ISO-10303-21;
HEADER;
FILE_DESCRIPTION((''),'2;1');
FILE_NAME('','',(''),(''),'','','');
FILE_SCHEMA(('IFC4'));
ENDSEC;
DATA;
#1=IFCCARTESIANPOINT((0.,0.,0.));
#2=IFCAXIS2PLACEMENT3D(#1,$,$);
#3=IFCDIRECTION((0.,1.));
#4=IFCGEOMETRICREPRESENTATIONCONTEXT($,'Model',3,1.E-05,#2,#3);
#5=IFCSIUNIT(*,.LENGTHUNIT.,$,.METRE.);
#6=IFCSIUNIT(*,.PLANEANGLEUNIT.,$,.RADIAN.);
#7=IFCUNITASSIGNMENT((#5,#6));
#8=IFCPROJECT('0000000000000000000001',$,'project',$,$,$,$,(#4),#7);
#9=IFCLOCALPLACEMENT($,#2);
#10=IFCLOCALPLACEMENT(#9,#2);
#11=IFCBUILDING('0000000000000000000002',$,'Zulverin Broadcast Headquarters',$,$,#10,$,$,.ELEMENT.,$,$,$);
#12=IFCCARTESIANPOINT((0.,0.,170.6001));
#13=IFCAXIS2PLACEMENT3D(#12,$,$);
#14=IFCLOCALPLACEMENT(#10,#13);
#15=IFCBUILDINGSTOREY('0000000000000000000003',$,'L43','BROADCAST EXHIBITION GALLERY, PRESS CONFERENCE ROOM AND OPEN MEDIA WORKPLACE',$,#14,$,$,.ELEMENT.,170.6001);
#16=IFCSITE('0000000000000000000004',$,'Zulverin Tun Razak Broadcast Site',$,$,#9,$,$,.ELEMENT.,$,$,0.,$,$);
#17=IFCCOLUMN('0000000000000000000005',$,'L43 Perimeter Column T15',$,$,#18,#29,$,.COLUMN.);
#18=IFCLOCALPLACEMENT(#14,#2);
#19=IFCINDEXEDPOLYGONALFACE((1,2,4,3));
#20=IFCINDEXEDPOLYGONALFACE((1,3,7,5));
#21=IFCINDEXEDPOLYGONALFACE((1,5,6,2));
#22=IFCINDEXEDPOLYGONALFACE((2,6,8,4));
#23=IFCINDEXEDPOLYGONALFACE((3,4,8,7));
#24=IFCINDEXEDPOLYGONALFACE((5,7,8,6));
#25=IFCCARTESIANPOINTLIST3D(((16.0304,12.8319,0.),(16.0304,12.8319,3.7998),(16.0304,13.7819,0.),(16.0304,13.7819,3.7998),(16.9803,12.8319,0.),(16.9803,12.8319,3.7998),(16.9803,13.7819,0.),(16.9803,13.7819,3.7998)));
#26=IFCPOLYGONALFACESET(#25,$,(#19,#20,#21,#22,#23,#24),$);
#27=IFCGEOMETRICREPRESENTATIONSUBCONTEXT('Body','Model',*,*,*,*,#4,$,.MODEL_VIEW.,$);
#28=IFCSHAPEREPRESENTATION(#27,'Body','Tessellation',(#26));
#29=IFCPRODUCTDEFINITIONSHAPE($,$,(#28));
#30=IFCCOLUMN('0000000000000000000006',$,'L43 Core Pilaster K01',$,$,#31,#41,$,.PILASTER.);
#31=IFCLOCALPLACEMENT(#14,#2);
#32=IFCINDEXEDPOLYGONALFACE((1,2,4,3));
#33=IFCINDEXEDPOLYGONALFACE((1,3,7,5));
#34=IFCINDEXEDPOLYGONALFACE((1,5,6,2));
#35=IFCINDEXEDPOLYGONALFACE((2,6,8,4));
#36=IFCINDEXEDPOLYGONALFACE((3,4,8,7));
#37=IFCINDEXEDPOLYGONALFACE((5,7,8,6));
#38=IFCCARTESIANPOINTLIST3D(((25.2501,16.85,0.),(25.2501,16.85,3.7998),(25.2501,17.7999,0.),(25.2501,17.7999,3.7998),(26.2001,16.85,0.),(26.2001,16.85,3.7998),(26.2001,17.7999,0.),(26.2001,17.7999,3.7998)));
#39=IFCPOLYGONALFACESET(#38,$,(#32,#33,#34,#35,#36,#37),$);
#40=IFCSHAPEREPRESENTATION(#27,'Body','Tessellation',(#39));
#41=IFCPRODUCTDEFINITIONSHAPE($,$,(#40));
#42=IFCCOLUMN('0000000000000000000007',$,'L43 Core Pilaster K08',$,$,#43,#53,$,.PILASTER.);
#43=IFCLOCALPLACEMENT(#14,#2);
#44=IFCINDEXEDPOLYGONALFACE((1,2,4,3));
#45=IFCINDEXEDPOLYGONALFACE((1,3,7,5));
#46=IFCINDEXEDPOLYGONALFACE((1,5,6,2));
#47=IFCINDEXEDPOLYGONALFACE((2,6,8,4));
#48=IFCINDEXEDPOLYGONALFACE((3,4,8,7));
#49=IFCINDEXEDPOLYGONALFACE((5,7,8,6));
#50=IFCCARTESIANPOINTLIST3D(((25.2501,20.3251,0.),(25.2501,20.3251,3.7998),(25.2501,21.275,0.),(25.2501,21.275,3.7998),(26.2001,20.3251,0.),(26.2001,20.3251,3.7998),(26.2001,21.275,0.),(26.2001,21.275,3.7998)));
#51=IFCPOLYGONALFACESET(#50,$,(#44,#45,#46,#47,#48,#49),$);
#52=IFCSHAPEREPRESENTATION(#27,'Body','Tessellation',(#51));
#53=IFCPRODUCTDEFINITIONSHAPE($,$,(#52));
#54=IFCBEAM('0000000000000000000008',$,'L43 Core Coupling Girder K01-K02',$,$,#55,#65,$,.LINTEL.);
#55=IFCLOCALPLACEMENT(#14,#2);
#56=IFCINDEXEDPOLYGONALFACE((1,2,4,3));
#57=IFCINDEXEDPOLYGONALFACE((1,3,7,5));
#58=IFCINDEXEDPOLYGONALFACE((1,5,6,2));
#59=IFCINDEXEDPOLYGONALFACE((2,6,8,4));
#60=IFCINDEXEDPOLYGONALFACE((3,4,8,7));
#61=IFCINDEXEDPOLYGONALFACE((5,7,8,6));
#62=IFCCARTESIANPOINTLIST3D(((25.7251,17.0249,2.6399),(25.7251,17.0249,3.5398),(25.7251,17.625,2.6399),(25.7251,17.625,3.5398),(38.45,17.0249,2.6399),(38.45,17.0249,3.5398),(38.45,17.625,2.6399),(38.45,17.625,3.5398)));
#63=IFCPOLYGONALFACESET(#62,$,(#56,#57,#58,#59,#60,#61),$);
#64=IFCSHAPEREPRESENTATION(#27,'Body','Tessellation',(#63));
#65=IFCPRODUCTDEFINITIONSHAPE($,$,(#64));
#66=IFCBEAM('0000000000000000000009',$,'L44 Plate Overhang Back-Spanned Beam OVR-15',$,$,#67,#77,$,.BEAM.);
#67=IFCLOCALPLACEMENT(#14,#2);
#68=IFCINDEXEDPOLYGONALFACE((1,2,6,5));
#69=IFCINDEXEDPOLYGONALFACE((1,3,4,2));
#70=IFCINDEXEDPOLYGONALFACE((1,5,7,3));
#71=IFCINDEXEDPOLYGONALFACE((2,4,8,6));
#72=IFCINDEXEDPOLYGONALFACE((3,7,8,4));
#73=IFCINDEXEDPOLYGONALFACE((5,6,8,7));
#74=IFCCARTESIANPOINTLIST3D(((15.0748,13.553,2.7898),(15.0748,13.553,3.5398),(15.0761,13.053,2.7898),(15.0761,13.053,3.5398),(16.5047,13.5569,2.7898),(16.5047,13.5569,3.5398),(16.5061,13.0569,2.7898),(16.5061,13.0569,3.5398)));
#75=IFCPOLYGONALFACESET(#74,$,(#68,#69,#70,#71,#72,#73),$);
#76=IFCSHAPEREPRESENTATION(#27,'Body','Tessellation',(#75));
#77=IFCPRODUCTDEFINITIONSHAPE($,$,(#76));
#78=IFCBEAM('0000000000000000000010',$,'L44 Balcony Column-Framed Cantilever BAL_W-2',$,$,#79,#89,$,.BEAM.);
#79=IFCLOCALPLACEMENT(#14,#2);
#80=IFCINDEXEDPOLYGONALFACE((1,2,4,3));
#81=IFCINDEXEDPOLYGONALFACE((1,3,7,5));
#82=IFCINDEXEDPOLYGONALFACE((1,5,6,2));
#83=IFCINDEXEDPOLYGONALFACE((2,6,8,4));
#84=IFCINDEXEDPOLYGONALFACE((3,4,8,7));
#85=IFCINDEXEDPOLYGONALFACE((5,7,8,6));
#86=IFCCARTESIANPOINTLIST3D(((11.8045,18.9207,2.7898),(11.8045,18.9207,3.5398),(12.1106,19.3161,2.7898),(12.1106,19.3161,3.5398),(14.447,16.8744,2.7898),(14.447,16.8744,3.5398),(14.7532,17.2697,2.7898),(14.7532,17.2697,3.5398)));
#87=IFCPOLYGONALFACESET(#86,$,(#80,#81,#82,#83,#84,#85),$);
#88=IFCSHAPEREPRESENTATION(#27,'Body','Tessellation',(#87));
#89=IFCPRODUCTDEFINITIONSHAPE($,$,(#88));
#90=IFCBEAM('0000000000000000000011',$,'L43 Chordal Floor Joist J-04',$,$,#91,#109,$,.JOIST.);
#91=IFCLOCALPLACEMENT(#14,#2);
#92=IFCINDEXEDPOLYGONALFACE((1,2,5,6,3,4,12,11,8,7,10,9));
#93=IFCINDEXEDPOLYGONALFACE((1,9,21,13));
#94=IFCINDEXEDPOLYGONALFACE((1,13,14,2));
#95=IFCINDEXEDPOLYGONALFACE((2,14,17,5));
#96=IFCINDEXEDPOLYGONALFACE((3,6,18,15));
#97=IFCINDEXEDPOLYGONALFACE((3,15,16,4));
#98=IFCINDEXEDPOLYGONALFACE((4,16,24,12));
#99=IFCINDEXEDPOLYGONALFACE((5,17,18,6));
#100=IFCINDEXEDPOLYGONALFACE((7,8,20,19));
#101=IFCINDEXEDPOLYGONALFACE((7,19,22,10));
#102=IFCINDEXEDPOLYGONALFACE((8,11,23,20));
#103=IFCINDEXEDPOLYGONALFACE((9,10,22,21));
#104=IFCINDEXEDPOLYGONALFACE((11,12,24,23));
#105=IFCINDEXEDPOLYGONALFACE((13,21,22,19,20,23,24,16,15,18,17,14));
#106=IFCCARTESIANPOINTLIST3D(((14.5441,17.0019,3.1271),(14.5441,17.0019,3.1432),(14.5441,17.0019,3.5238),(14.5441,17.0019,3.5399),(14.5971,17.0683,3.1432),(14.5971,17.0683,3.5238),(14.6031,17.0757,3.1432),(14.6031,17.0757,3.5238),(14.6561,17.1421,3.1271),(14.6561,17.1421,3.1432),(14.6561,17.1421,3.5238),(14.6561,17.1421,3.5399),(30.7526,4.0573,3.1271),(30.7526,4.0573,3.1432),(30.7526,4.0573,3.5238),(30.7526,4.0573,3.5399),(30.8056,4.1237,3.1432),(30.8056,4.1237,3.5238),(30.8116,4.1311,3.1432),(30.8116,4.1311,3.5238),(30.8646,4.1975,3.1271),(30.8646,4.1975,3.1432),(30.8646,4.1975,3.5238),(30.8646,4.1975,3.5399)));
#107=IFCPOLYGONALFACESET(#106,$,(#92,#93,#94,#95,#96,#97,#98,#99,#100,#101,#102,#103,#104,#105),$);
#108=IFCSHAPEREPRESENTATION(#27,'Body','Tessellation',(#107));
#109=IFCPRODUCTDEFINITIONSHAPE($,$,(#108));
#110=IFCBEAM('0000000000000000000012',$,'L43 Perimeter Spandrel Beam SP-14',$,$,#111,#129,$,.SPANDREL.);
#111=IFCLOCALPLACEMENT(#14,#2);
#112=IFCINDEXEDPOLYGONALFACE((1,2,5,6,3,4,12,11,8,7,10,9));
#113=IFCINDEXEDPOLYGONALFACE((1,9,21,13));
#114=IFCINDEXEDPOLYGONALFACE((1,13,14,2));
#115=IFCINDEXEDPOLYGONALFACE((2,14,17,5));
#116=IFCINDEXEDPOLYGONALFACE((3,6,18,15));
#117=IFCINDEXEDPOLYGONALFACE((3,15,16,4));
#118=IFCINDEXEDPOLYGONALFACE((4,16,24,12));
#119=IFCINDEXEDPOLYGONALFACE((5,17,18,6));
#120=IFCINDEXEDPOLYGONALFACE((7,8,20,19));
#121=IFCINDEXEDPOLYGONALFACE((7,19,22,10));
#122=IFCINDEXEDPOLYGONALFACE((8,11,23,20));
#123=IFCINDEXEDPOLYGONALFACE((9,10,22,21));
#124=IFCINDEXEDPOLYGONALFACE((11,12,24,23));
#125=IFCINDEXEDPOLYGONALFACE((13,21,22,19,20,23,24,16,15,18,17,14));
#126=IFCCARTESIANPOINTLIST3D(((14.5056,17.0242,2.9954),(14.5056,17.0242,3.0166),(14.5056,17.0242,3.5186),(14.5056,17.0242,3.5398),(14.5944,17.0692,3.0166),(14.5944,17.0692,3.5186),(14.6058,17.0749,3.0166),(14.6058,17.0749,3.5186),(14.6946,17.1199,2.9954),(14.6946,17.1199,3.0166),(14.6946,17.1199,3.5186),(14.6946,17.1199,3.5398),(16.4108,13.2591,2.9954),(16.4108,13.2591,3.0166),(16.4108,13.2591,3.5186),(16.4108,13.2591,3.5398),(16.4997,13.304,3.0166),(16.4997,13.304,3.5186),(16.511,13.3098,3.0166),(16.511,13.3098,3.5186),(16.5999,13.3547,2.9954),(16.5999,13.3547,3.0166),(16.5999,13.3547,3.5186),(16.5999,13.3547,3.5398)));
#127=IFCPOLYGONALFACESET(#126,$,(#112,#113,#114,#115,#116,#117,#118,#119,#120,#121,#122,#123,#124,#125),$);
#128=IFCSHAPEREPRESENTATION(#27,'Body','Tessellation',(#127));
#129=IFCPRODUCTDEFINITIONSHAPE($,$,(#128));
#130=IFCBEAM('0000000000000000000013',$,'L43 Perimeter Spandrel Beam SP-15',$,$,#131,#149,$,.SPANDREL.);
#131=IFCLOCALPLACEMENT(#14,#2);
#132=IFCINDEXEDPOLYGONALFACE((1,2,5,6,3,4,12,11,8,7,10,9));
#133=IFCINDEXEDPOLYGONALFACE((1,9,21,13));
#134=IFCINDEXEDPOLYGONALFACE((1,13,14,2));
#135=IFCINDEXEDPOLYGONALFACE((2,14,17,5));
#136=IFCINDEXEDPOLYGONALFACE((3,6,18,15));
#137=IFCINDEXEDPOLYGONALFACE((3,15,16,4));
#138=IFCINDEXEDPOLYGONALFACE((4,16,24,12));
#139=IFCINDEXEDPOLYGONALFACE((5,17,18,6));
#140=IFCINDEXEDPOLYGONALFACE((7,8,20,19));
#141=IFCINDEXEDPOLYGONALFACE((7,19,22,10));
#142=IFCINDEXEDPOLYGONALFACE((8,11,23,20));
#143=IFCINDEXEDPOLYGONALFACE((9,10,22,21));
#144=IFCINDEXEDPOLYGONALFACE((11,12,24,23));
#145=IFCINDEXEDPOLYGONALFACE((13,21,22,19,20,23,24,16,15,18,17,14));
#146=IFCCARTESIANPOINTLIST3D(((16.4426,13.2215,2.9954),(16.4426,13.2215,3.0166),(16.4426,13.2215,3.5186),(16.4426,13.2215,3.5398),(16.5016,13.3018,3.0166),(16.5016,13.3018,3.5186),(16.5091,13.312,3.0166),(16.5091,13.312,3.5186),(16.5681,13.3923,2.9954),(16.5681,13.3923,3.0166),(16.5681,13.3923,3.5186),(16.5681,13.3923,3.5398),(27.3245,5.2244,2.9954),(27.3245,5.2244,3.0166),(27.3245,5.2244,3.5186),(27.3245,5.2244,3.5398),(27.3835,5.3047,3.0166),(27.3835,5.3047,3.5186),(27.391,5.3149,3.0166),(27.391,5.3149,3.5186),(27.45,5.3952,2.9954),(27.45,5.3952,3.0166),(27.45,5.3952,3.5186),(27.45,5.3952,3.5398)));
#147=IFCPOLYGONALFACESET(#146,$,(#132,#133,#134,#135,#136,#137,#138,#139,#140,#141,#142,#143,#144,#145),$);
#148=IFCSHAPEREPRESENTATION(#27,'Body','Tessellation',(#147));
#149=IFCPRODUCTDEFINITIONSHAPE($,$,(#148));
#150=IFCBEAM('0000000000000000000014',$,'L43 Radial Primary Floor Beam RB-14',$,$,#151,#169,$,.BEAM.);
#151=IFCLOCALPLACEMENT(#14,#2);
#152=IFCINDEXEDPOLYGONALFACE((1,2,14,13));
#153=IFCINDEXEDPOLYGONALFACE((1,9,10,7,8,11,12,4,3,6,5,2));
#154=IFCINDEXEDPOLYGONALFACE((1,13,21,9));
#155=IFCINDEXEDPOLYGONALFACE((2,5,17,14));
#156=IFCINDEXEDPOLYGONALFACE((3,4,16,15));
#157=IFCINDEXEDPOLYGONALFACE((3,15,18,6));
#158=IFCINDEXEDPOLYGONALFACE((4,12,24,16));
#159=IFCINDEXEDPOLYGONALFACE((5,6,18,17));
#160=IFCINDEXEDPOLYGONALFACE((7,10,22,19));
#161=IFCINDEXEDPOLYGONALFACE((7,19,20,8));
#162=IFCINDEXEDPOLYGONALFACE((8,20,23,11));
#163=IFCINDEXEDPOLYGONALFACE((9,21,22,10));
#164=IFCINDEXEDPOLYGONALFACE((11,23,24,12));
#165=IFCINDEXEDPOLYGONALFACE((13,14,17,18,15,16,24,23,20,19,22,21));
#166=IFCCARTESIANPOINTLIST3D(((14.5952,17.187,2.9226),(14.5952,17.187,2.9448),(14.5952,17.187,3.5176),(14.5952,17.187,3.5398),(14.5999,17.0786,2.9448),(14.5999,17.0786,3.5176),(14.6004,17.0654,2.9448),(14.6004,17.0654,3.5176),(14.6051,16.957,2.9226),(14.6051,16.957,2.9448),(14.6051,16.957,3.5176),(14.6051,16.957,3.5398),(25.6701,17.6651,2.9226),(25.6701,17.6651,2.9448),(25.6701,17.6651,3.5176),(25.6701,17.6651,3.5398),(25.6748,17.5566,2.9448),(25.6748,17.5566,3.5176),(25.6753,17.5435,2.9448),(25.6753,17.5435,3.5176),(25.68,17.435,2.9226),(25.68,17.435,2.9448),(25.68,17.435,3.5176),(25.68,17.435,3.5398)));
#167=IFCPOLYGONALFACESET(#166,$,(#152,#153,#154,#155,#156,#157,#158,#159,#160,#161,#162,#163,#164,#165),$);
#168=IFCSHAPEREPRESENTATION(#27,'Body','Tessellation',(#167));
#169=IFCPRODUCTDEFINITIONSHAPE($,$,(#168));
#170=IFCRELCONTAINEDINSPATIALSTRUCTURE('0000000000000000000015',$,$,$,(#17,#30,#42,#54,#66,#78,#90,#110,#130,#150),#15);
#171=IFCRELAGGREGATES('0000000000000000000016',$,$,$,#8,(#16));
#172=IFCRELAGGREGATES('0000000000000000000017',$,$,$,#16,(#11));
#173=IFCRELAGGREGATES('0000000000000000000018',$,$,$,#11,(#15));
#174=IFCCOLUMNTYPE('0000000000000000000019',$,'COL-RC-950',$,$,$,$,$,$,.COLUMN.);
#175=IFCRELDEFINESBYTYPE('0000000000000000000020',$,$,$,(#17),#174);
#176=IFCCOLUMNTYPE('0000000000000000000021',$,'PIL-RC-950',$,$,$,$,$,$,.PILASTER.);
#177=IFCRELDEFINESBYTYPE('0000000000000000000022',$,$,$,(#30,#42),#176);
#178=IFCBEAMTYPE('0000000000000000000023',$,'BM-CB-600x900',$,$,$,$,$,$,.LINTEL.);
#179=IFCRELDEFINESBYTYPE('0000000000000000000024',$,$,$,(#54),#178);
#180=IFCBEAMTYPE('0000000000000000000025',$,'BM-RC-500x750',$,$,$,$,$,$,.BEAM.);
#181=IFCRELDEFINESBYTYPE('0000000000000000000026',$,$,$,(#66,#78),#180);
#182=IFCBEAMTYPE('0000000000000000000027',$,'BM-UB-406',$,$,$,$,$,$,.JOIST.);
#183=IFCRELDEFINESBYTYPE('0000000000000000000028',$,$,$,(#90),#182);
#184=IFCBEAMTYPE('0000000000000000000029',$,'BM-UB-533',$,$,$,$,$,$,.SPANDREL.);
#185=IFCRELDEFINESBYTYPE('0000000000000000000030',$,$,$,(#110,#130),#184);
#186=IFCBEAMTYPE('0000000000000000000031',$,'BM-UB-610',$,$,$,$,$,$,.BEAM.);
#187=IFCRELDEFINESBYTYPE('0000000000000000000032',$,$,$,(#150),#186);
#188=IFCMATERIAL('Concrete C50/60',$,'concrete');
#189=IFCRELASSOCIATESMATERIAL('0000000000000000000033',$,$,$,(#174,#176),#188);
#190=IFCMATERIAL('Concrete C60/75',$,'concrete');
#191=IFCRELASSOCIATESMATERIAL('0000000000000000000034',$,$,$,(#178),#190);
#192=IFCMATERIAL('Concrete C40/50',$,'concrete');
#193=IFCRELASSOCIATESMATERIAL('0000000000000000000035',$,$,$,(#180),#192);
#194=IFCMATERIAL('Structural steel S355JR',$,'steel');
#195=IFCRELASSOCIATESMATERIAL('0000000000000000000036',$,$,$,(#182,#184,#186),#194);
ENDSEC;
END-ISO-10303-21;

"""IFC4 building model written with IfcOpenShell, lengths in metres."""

from ifc_helpers import new_model, si_unit, direction, frame, origin, origin_2d, place, context, subcontext, project, spatial, rectangle, i_section, extrude, material, material_profile, profile_set, type_object, element, save


model = new_model("IFC4")

# Units and contexts
model_context = context("Model", 3, precision=1e-05, world=origin(), true_north=direction((0.0, 1.0)))
body_context = subcontext(model_context, "Body", "Model", "MODEL_VIEW")
ifc_project = project(units=[si_unit("LENGTHUNIT", "METRE"), si_unit("PLANEANGLEUNIT", "RADIAN")], contexts=[model_context])

# Site, building, storey
site_placement = place(None, origin())
site = spatial("IfcSite", under=ifc_project, at=site_placement, Name="Zulverin Tun Razak Broadcast Site", CompositionType="ELEMENT", RefElevation=0.0)
building_placement = place(site_placement, origin())
building = spatial("IfcBuilding", under=site, at=building_placement, Name="Zulverin Broadcast Headquarters", CompositionType="ELEMENT")
storey_placement = place(building_placement, frame((0.0, 0.0, 170.6001)))
storey = spatial("IfcBuildingStorey", under=building, at=storey_placement, Name="L43", Description="BROADCAST EXHIBITION GALLERY, PRESS CONFERENCE ROOM AND OPEN MEDIA WORKPLACE", CompositionType="ELEMENT", Elevation=170.6001)

# Columns
ifc_material_1 = material(Name="Concrete C50/60", Category="concrete")
ifc_material_profile_1 = material_profile(ifc_material_1, rectangle(XDim=0.95, YDim=0.95, at=origin_2d()), Name="Concrete C50/60", Category="concrete")
ifc_profile_set_1 = profile_set([ifc_material_profile_1], Name="Concrete C50/60")
column_type_1 = type_object("IfcColumnType", Name="COL-RC-950", PredefinedType="COLUMN", material=ifc_profile_set_1)
column_placement = place(storey_placement, frame((16.5054, 13.3069, 0.0), z_axis=(0.0, 0.0, 1.0), x_axis=(1.0, 0.0, 0.0)))
element("IfcColumn", 1, at=column_placement, inside=storey, type_object=column_type_1, Name="L43 Perimeter Column T15", PredefinedType="COLUMN", context=body_context, shape_type="SweptSolid", body=[
    extrude(rectangle(XDim=0.95, YDim=0.95, at=origin_2d()), origin(), (0.0, 0.0, 1.0), 3.7998),
])
ifc_material_profile_2 = material_profile(ifc_material_1, rectangle(XDim=0.95, YDim=0.95, at=origin_2d()), Name="Concrete C50/60", Category="concrete")
ifc_profile_set_2 = profile_set([ifc_material_profile_2], Name="Concrete C50/60")
column_type_2 = type_object("IfcColumnType", Name="PIL-RC-950", PredefinedType="PILASTER", material=ifc_profile_set_2)
for number, where, z_axis, x_axis, name in (
    (2, (25.7251, 17.325, 0.0), (0.0, 0.0, 1.0), (1.0, 0.0, 0.0), "L43 Core Pilaster K01"),
    (3, (25.7251, 20.8, 0.0), (0.0, 0.0, 1.0), (1.0, 0.0, 0.0), "L43 Core Pilaster K08"),
):
    element("IfcColumn", number, at=place(storey_placement, frame(where, z_axis=z_axis, x_axis=x_axis)), inside=storey, type_object=column_type_2, Name=name, PredefinedType="PILASTER", context=body_context, shape_type="SweptSolid", body=[
        extrude(rectangle(XDim=0.95, YDim=0.95, at=origin_2d()), origin(), (0.0, 0.0, 1.0), 3.7998),
    ])

# Beams
ifc_material_2 = material(Name="Concrete C60/75", Category="concrete")
ifc_material_profile_3 = material_profile(ifc_material_2, rectangle(XDim=0.6001, YDim=0.8999, at=origin_2d()), Name="Concrete C60/75", Category="concrete")
ifc_profile_set_3 = profile_set([ifc_material_profile_3], Name="Concrete C60/75")
beam_type_1 = type_object("IfcBeamType", Name="BM-CB-600x900", PredefinedType="LINTEL", material=ifc_profile_set_3)
beam_1_placement = place(storey_placement, frame((25.7251, 17.325, 3.0898), z_axis=(1.0, 0.0, 0.0), x_axis=(0.0, 1.0, 0.0)))
element("IfcBeam", 4, at=beam_1_placement, inside=storey, type_object=beam_type_1, Name="L43 Core Coupling Girder K01-K02", PredefinedType="LINTEL", context=body_context, shape_type="SweptSolid", body=[
    extrude(rectangle(XDim=0.6001, YDim=0.8999, at=origin_2d()), origin(), (0.0, 0.0, 1.0), 12.7249),
])
ifc_material_3 = material(Name="Concrete C40/50", Category="concrete")
ifc_material_profile_4 = material_profile(ifc_material_3, rectangle(XDim=0.5, YDim=0.75, at=origin_2d()), Name="Concrete C40/50", Category="concrete")
ifc_profile_set_4 = profile_set([ifc_material_profile_4], Name="Concrete C40/50")
beam_type_2 = type_object("IfcBeamType", Name="BM-RC-500x750", PredefinedType="BEAM", material=ifc_profile_set_4)
beam_2_placement = place(storey_placement, frame((16.5054, 13.3069, 3.1648), z_axis=(-0.999996, -0.002732, 0.0), x_axis=(0.002732, -0.999996, 0.0)))
element("IfcBeam", 5, at=beam_2_placement, inside=storey, type_object=beam_type_2, Name="L44 Plate Overhang Back-Spanned Beam OVR-15", PredefinedType="BEAM", context=body_context, shape_type="SweptSolid", body=[
    extrude(rectangle(XDim=0.5, YDim=0.75, at=origin_2d()), origin(), (0.0, 0.0, 1.0), 1.4299),
])
beam_3_placement = place(storey_placement, frame((14.6001, 17.072, 3.1648), z_axis=(-0.790648, 0.61227, 0.0), x_axis=(-0.61227, -0.790648, 0.0)))
element("IfcBeam", 6, at=beam_3_placement, inside=storey, type_object=beam_type_2, Name="L44 Balcony Column-Framed Cantilever BAL_W-2", PredefinedType="BEAM", context=body_context, shape_type="SweptSolid", body=[
    extrude(rectangle(XDim=0.5, YDim=0.75, at=origin_2d()), origin(), (0.0, 0.0, 1.0), 3.3423),
])
ifc_material_4 = material(Name="Structural steel S355JR", Category="steel")
ifc_material_profile_5 = material_profile(ifc_material_4, i_section(OverallWidth=0.1794, OverallDepth=0.4128, WebThickness=0.0095, FlangeThickness=0.0161, at=origin_2d()), Name="Structural steel S355JR", Category="steel")
ifc_profile_set_5 = profile_set([ifc_material_profile_5], Name="Structural steel S355JR")
beam_type_3 = type_object("IfcBeamType", Name="BM-UB-406", PredefinedType="JOIST", material=ifc_profile_set_5)
beam_4_placement = place(storey_placement, frame((14.6001, 17.072, 3.3335), z_axis=(0.781391, -0.624042, 0.0), x_axis=(0.624042, 0.781391, 0.0)))
element("IfcBeam", 7, at=beam_4_placement, inside=storey, type_object=beam_type_3, Name="L43 Chordal Floor Joist J-04", PredefinedType="JOIST", context=body_context, shape_type="SweptSolid", body=[
    extrude(i_section(OverallWidth=0.1794, OverallDepth=0.4128, WebThickness=0.0095, FlangeThickness=0.0161, at=origin_2d()), origin(), (0.0, 0.0, 1.0), 20.7432),
])
ifc_material_profile_6 = material_profile(ifc_material_4, i_section(OverallWidth=0.2119, OverallDepth=0.5444, WebThickness=0.0127, FlangeThickness=0.0212, at=origin_2d()), Name="Structural steel S355JR", Category="steel")
ifc_profile_set_6 = profile_set([ifc_material_profile_6], Name="Structural steel S355JR")
beam_type_4 = type_object("IfcBeamType", Name="BM-UB-533", PredefinedType="SPANDREL", material=ifc_profile_set_6)
beam_5_placement = place(storey_placement, frame((14.6001, 17.072, 3.2676), z_axis=(0.451513, -0.892265, 0.0), x_axis=(0.892265, 0.451513, 0.0)))
element("IfcBeam", 8, at=beam_5_placement, inside=storey, type_object=beam_type_4, Name="L43 Perimeter Spandrel Beam SP-14", PredefinedType="SPANDREL", context=body_context, shape_type="SweptSolid", body=[
    extrude(i_section(OverallWidth=0.2119, OverallDepth=0.5444, WebThickness=0.0127, FlangeThickness=0.0212, at=origin_2d()), origin(), (0.0, 0.0, 1.0), 4.2197),
])
beam_6_placement = place(storey_placement, frame((16.5054, 13.3069, 3.2676), z_axis=(0.805802, -0.592185, 0.0), x_axis=(0.592185, 0.805802, 0.0)))
element("IfcBeam", 9, at=beam_6_placement, inside=storey, type_object=beam_type_4, Name="L43 Perimeter Spandrel Beam SP-15", PredefinedType="SPANDREL", context=body_context, shape_type="SweptSolid", body=[
    extrude(i_section(OverallWidth=0.2119, OverallDepth=0.5444, WebThickness=0.0127, FlangeThickness=0.0212, at=origin_2d()), origin(), (0.0, 0.0, 1.0), 13.5044),
])
ifc_material_profile_7 = material_profile(ifc_material_4, i_section(OverallWidth=0.2302, OverallDepth=0.6172, WebThickness=0.0132, FlangeThickness=0.0222, at=origin_2d()), Name="Structural steel S355JR", Category="steel")
ifc_profile_set_7 = profile_set([ifc_material_profile_7], Name="Structural steel S355JR")
beam_type_5 = type_object("IfcBeamType", Name="BM-UB-610", PredefinedType="BEAM", material=ifc_profile_set_7)
beam_7_placement = place(storey_placement, frame((25.675, 17.55, 3.2312), z_axis=(-0.99907, -0.043123, 0.0), x_axis=(0.043123, -0.99907, 0.0)))
element("IfcBeam", 10, at=beam_7_placement, inside=storey, type_object=beam_type_5, Name="L43 Radial Primary Floor Beam RB-14", PredefinedType="BEAM", context=body_context, shape_type="SweptSolid", body=[
    extrude(i_section(OverallWidth=0.2302, OverallDepth=0.6172, WebThickness=0.0132, FlangeThickness=0.0222, at=origin_2d()), origin(), (0.0, 0.0, 1.0), 11.0852),
])

save(model, "model.ifc")
